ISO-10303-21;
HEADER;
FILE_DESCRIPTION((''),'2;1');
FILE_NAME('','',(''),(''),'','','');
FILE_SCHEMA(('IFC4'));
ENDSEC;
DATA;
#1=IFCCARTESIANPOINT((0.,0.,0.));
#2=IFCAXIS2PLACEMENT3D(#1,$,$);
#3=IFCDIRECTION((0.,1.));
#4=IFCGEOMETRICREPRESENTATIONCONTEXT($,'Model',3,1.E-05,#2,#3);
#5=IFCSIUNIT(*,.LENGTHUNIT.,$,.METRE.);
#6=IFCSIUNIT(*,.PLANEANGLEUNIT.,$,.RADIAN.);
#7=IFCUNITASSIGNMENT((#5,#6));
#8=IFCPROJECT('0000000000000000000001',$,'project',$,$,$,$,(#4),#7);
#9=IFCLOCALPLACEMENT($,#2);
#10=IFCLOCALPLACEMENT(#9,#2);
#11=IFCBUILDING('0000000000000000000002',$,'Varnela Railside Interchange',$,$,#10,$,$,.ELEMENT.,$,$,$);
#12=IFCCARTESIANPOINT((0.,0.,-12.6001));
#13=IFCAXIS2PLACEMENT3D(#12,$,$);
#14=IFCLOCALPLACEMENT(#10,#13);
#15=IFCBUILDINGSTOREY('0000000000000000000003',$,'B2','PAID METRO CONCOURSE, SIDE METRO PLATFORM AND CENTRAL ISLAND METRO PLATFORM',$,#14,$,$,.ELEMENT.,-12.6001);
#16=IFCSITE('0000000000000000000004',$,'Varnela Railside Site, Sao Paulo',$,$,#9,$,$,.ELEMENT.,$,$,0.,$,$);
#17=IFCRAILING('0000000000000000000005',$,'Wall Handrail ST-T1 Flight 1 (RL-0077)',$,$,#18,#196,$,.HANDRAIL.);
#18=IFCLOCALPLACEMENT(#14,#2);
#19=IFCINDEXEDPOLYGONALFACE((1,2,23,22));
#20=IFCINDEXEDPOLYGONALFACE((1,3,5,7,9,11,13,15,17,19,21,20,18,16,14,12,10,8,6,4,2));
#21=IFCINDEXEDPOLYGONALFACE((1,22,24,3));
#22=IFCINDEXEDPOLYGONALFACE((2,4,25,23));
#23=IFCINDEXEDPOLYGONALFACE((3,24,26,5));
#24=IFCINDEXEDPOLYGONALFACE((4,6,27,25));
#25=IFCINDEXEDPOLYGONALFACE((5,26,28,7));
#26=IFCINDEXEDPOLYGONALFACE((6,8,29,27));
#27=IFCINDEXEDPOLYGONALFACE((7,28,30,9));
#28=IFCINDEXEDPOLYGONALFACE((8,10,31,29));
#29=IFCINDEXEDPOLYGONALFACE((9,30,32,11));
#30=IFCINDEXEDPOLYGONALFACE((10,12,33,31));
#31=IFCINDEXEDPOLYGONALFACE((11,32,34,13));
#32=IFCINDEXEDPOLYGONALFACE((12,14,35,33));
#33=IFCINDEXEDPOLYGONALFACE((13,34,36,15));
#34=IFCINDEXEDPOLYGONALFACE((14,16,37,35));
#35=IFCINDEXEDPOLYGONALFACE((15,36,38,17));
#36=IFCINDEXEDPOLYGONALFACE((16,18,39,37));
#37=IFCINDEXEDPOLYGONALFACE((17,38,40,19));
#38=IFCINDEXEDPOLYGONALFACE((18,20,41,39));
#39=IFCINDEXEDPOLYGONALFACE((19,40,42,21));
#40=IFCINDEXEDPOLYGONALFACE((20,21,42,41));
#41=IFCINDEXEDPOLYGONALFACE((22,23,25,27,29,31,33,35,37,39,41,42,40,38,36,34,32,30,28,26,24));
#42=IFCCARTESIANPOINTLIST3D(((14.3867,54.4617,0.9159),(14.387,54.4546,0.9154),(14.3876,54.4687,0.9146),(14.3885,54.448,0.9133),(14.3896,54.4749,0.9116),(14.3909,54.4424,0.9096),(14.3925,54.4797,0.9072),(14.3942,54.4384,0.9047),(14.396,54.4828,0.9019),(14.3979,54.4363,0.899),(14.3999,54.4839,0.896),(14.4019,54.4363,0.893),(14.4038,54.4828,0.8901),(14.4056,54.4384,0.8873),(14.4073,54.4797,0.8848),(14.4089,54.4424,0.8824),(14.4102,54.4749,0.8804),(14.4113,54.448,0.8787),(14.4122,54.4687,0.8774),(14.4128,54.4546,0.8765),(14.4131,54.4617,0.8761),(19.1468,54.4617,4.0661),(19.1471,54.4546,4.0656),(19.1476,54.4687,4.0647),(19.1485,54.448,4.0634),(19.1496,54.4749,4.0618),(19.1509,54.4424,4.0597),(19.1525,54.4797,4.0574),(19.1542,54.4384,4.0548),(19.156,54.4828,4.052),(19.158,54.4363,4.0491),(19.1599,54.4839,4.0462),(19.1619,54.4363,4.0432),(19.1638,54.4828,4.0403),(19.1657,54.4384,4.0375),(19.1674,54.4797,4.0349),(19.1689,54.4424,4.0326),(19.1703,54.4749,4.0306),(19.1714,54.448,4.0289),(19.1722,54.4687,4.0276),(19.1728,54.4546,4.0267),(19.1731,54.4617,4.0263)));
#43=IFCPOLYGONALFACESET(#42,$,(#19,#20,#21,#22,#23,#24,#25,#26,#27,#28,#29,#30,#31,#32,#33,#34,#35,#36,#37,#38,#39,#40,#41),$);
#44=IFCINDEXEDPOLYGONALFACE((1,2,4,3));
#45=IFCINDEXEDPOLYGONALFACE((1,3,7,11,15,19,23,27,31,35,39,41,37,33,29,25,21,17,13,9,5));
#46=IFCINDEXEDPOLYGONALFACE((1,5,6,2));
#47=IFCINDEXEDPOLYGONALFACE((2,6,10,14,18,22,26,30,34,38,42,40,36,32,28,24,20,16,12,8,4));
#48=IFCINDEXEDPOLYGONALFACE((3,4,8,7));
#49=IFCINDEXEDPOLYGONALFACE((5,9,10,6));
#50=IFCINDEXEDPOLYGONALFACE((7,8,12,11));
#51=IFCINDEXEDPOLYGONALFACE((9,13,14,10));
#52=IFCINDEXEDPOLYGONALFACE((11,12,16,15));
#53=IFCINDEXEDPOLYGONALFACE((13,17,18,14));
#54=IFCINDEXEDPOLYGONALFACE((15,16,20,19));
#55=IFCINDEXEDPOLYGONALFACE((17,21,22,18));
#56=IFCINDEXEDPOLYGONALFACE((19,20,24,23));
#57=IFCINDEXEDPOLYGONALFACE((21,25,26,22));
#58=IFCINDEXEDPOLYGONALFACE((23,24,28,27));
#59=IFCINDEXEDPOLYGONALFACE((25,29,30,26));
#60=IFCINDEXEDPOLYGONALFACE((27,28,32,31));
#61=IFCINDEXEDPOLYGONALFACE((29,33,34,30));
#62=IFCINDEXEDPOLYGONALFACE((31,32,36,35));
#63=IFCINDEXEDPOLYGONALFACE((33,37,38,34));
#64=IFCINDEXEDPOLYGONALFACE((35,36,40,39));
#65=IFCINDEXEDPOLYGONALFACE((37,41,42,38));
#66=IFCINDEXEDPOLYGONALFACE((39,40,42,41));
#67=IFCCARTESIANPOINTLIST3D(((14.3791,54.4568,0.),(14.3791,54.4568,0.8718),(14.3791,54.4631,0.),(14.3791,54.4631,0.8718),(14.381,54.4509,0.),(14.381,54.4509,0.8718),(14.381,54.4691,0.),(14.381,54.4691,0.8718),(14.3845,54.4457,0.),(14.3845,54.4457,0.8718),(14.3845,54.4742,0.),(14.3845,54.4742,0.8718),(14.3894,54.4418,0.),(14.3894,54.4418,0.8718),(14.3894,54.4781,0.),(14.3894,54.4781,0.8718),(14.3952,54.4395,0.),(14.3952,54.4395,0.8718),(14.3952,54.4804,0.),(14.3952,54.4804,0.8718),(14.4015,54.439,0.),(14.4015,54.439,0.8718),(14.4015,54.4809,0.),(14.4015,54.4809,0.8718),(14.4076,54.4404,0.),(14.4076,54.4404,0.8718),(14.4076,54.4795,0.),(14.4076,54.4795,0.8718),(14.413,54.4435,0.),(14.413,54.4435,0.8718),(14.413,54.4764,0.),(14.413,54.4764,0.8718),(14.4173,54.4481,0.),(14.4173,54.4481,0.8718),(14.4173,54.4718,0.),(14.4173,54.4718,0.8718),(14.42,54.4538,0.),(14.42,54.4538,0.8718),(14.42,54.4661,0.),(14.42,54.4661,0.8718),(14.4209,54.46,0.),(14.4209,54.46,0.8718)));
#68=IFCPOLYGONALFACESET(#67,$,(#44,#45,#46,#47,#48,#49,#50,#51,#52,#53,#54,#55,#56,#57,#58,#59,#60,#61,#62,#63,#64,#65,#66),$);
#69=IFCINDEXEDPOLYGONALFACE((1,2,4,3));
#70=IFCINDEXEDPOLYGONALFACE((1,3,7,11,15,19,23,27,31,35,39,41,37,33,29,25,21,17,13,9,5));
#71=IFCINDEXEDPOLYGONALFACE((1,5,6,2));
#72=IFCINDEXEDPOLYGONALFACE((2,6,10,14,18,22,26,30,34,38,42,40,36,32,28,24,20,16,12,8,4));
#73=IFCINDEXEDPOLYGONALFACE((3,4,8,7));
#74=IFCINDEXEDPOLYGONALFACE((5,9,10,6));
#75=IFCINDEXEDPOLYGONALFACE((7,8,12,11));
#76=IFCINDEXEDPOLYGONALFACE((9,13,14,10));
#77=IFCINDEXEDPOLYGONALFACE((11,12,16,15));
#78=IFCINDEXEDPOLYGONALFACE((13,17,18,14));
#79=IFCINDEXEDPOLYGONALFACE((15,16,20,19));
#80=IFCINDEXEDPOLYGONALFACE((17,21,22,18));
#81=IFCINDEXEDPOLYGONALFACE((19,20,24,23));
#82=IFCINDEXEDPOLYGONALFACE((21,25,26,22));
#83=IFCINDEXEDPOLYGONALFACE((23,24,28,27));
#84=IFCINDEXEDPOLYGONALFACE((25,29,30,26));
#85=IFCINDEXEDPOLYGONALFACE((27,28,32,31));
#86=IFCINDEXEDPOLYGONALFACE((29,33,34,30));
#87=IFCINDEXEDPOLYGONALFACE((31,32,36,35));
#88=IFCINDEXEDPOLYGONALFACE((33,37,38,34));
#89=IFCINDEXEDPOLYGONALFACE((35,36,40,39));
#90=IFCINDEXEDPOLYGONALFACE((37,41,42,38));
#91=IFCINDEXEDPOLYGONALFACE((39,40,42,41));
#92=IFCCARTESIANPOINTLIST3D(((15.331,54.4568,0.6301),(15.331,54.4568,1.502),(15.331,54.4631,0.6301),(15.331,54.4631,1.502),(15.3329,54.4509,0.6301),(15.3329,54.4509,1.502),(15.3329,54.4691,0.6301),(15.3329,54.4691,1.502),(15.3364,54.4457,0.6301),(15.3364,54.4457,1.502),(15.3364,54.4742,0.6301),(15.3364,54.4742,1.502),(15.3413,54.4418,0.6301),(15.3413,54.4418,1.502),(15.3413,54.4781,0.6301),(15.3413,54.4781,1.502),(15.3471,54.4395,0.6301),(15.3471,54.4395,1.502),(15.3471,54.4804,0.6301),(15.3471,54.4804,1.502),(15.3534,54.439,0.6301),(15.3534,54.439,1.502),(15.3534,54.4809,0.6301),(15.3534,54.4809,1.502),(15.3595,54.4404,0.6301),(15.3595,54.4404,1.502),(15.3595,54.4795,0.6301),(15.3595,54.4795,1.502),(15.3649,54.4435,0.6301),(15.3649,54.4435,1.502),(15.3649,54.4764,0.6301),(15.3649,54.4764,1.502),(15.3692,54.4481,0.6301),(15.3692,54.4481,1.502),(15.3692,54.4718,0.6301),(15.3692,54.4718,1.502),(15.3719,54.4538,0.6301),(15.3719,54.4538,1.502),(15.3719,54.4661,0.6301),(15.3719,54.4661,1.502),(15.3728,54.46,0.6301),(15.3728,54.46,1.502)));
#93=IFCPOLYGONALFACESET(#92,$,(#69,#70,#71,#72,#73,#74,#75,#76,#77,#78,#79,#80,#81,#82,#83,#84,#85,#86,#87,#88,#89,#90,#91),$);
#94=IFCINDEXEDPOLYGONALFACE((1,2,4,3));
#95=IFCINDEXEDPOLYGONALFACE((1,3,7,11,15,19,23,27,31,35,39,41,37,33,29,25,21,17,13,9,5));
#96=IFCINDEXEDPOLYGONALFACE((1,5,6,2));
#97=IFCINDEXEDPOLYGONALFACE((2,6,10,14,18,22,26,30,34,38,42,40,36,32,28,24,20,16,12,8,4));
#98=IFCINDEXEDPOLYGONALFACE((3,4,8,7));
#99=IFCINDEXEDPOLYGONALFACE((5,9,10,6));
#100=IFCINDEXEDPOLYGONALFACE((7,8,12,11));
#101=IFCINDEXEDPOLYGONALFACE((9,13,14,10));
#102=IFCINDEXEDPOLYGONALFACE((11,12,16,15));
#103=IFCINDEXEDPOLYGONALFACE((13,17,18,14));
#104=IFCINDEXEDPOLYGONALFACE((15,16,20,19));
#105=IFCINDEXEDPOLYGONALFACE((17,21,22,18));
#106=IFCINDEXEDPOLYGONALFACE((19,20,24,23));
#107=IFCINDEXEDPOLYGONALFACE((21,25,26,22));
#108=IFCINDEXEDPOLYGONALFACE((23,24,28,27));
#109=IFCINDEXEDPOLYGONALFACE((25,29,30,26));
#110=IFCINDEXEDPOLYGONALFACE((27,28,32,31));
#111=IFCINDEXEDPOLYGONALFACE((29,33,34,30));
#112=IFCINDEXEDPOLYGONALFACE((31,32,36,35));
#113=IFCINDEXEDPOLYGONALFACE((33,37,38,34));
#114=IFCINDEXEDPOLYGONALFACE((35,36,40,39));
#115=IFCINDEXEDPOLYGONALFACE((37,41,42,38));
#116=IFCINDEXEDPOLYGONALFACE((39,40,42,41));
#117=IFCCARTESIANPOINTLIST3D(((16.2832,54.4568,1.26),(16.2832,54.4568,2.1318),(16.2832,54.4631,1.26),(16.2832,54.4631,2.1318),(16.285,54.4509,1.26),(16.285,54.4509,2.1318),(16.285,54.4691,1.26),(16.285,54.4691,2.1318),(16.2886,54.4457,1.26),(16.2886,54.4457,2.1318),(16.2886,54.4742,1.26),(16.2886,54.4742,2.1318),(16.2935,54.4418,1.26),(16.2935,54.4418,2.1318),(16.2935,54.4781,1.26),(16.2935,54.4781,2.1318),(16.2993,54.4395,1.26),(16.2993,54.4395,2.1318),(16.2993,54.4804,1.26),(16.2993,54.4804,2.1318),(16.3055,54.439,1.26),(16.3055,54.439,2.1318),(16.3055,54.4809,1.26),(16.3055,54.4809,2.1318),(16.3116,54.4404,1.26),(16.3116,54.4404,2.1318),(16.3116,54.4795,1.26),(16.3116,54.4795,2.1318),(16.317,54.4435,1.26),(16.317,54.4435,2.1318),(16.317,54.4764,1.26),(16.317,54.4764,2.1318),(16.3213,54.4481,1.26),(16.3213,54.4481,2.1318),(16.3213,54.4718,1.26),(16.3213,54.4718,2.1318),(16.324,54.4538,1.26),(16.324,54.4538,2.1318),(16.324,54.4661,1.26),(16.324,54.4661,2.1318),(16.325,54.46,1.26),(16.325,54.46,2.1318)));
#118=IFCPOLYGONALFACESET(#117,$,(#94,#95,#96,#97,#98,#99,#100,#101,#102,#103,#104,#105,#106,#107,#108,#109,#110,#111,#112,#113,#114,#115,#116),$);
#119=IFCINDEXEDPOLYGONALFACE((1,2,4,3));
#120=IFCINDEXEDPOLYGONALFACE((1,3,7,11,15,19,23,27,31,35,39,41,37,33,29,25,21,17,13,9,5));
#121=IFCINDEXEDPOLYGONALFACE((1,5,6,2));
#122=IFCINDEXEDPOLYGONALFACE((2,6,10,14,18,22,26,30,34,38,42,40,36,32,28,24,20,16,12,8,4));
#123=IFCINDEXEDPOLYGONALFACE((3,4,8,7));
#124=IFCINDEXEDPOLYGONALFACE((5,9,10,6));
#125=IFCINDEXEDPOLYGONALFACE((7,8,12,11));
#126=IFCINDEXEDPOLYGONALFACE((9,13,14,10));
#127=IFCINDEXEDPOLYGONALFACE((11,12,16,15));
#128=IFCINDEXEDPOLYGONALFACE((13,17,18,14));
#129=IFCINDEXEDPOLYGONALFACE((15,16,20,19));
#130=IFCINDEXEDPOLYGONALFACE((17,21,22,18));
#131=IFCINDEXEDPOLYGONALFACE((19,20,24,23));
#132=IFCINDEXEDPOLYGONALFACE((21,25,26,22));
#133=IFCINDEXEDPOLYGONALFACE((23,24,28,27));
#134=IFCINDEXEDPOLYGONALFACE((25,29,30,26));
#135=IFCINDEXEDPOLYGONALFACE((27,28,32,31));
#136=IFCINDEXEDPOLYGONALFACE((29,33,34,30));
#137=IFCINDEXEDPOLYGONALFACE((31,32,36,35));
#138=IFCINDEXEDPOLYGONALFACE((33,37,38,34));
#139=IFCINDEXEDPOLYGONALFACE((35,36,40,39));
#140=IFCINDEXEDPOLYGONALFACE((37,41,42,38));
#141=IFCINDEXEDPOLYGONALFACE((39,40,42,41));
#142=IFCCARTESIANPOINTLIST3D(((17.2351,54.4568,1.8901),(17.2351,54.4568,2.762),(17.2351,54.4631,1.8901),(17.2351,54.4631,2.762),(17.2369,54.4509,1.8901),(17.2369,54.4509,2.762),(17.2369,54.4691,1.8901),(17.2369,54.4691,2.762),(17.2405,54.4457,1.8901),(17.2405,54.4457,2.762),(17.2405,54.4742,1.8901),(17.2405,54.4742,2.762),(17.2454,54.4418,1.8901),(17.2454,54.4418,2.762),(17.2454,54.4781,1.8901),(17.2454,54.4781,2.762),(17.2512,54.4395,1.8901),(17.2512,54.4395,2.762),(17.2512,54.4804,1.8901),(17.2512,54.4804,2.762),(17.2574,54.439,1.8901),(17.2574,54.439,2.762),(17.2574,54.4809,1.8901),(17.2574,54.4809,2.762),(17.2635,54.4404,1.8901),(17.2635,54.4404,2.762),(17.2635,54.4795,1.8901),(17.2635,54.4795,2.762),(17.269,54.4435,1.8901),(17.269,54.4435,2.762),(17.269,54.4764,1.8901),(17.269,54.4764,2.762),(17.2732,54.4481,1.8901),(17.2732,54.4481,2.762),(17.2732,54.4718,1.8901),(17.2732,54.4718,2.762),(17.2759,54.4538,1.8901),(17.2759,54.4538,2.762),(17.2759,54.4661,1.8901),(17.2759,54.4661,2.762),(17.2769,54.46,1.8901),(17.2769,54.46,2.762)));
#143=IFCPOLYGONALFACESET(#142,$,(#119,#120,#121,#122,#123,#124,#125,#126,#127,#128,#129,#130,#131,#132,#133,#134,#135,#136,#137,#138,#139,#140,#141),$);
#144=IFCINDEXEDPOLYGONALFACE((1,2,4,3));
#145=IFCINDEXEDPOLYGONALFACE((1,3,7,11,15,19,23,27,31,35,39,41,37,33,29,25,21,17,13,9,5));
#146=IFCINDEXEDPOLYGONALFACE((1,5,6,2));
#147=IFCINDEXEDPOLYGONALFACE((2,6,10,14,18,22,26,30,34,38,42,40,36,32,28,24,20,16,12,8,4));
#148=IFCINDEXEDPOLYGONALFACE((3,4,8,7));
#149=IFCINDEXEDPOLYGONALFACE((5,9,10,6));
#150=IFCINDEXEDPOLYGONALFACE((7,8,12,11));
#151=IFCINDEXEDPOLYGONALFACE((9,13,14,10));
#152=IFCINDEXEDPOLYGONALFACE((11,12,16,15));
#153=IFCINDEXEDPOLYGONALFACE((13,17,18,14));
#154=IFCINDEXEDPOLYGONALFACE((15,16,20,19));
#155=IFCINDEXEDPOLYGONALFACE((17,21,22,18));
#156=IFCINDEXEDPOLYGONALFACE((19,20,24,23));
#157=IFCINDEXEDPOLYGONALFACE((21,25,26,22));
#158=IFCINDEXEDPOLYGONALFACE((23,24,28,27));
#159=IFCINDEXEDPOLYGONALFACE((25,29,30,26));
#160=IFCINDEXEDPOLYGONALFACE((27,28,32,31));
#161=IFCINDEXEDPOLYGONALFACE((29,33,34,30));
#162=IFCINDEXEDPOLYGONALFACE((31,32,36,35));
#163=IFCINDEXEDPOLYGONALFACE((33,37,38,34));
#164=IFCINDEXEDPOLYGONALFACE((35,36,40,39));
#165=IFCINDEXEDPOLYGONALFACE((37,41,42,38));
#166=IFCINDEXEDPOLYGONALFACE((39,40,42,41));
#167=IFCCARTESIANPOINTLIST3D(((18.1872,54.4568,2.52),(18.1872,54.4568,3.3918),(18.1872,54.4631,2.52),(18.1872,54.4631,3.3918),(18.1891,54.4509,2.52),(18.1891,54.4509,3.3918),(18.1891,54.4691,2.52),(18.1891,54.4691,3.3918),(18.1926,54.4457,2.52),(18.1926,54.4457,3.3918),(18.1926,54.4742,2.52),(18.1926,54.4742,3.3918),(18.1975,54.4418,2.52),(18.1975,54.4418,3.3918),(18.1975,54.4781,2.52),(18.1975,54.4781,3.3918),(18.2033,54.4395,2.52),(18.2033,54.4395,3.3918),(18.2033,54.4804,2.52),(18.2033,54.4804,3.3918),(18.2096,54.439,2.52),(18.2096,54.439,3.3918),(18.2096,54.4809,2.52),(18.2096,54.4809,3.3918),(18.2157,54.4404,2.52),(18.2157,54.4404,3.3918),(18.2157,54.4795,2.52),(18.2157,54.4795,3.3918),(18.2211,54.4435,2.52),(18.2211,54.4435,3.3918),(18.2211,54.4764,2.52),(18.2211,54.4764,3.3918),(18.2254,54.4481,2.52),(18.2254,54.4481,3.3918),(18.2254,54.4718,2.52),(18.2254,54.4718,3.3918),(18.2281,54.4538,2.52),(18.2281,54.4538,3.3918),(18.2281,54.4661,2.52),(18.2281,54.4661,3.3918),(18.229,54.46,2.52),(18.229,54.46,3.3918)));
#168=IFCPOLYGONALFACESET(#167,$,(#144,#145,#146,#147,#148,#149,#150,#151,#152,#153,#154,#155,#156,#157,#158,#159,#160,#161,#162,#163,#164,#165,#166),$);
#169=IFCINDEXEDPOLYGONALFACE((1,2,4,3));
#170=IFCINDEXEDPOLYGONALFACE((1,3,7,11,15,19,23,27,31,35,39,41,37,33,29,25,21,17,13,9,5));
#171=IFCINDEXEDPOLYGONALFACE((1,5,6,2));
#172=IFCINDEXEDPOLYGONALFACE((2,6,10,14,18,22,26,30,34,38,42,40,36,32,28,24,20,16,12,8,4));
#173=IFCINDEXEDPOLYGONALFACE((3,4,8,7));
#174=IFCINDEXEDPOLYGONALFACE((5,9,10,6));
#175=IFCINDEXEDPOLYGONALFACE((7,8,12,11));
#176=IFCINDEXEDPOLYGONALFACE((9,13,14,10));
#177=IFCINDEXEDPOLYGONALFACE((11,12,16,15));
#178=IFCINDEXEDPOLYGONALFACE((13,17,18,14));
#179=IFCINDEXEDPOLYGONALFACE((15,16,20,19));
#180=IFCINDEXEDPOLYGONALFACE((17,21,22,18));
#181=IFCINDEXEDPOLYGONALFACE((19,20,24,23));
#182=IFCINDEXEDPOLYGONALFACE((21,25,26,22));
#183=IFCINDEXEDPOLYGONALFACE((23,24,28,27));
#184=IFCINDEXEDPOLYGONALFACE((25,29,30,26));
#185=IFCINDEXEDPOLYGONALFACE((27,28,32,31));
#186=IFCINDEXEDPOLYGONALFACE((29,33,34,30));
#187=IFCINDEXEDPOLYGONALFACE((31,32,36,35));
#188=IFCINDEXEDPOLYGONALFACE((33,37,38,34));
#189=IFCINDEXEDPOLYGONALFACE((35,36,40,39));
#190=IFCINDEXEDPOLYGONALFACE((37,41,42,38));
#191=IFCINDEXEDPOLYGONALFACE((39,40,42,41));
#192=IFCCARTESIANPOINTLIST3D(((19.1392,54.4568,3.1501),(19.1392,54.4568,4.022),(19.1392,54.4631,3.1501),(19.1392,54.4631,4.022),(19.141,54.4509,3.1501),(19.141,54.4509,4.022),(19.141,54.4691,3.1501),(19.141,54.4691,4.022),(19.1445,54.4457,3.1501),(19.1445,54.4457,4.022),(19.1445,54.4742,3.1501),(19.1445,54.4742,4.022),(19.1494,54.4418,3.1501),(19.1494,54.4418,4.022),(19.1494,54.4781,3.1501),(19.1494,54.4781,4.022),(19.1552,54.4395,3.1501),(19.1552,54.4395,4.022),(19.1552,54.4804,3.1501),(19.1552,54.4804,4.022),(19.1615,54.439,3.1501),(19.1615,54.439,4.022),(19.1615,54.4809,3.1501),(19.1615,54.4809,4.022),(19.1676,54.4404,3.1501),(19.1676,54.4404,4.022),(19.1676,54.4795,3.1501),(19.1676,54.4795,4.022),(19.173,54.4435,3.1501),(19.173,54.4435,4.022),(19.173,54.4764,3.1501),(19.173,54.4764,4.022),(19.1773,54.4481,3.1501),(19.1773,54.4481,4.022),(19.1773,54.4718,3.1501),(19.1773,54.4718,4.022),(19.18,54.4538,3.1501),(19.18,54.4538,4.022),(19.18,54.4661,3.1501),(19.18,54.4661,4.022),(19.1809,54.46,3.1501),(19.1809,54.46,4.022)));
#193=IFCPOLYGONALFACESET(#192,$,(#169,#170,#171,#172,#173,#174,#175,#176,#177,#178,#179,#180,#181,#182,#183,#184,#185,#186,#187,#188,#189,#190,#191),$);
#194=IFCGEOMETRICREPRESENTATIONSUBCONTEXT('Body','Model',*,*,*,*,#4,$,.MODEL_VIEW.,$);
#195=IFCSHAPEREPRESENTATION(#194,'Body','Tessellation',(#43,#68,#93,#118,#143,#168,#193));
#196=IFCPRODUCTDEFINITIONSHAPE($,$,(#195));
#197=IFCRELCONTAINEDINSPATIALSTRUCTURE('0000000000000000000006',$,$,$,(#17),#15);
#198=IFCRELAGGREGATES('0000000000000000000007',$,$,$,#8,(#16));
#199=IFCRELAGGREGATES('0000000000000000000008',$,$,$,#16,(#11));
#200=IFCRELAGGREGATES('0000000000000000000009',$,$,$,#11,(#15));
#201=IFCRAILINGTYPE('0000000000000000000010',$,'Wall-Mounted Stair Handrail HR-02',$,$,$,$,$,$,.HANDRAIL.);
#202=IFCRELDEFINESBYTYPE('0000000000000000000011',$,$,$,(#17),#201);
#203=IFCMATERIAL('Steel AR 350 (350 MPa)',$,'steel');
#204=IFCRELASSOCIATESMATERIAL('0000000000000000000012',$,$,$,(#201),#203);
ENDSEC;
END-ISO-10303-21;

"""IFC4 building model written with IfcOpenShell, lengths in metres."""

from ifc_helpers import new_model, si_unit, direction, frame, origin, origin_2d, place, context, subcontext, project, spatial, circle, extrude, material, type_object, element, save


model = new_model("IFC4")

# Units and contexts
model_context = context("Model", 3, precision=1e-05, world=origin(), true_north=direction((0.0, 1.0)))
body_context = subcontext(model_context, "Body", "Model", "MODEL_VIEW")
ifc_project = project(units=[si_unit("LENGTHUNIT", "METRE"), si_unit("PLANEANGLEUNIT", "RADIAN")], contexts=[model_context])

# Site, building, storey
site_placement = place(None, origin())
site = spatial("IfcSite", under=ifc_project, at=site_placement, Name="Varnela Railside Site, Sao Paulo", CompositionType="ELEMENT", RefElevation=0.0)
building_placement = place(site_placement, origin())
building = spatial("IfcBuilding", under=site, at=building_placement, Name="Varnela Railside Interchange", CompositionType="ELEMENT")
storey_placement = place(building_placement, frame((0.0, 0.0, -12.6001)))
storey = spatial("IfcBuildingStorey", under=building, at=storey_placement, Name="B2", Description="PAID METRO CONCOURSE, SIDE METRO PLATFORM AND CENTRAL ISLAND METRO PLATFORM", CompositionType="ELEMENT", Elevation=-12.6001)

# Shared definitions
ifc_material_1 = material(Name="Steel AR 350 (350 MPa)", Category="steel")

# Railing
railing_type_1 = type_object("IfcRailingType", Name="Wall-Mounted Stair Handrail HR-02", PredefinedType="HANDRAIL", material=ifc_material_1)
for number, where, name in (
    (1, (14.3999, 54.46, 0.0), "Wall Handrail ST-T1 Flight 1 (RL-0077)"),
):
    element("IfcRailing", number, at=place(storey_placement, frame(where)), inside=storey, type_object=railing_type_1, Name=name, PredefinedType="HANDRAIL", context=body_context, shape_type="SweptSolid", body=[
        extrude(circle(Radius=0.0239, at=origin_2d()), frame((0.0, 0.0, 0.896), z_axis=(0.833921, 0.0, 0.551884), x_axis=(0.0, 1.0, 0.0)), (0.0, 0.0, 1.0), 5.708),
        extrude(circle(Radius=0.021, at=origin_2d()), origin(), (0.0, 0.0, 1.0), 0.8718),
        extrude(circle(Radius=0.021, at=origin_2d()), frame((0.9519, 0.0, 0.6301)), (0.0, 0.0, 1.0), 0.8718),
        extrude(circle(Radius=0.021, at=origin_2d()), frame((1.9041, 0.0, 1.26)), (0.0, 0.0, 1.0), 0.8718),
        extrude(circle(Radius=0.021, at=origin_2d()), frame((2.856, 0.0, 1.8901)), (0.0, 0.0, 1.0), 0.8718),
        extrude(circle(Radius=0.021, at=origin_2d()), frame((3.8081, 0.0, 2.52)), (0.0, 0.0, 1.0), 0.8718),
        extrude(circle(Radius=0.021, at=origin_2d()), frame((4.76, 0.0, 3.1501)), (0.0, 0.0, 1.0), 0.8718),
    ])

save(model, "model.ifc")
